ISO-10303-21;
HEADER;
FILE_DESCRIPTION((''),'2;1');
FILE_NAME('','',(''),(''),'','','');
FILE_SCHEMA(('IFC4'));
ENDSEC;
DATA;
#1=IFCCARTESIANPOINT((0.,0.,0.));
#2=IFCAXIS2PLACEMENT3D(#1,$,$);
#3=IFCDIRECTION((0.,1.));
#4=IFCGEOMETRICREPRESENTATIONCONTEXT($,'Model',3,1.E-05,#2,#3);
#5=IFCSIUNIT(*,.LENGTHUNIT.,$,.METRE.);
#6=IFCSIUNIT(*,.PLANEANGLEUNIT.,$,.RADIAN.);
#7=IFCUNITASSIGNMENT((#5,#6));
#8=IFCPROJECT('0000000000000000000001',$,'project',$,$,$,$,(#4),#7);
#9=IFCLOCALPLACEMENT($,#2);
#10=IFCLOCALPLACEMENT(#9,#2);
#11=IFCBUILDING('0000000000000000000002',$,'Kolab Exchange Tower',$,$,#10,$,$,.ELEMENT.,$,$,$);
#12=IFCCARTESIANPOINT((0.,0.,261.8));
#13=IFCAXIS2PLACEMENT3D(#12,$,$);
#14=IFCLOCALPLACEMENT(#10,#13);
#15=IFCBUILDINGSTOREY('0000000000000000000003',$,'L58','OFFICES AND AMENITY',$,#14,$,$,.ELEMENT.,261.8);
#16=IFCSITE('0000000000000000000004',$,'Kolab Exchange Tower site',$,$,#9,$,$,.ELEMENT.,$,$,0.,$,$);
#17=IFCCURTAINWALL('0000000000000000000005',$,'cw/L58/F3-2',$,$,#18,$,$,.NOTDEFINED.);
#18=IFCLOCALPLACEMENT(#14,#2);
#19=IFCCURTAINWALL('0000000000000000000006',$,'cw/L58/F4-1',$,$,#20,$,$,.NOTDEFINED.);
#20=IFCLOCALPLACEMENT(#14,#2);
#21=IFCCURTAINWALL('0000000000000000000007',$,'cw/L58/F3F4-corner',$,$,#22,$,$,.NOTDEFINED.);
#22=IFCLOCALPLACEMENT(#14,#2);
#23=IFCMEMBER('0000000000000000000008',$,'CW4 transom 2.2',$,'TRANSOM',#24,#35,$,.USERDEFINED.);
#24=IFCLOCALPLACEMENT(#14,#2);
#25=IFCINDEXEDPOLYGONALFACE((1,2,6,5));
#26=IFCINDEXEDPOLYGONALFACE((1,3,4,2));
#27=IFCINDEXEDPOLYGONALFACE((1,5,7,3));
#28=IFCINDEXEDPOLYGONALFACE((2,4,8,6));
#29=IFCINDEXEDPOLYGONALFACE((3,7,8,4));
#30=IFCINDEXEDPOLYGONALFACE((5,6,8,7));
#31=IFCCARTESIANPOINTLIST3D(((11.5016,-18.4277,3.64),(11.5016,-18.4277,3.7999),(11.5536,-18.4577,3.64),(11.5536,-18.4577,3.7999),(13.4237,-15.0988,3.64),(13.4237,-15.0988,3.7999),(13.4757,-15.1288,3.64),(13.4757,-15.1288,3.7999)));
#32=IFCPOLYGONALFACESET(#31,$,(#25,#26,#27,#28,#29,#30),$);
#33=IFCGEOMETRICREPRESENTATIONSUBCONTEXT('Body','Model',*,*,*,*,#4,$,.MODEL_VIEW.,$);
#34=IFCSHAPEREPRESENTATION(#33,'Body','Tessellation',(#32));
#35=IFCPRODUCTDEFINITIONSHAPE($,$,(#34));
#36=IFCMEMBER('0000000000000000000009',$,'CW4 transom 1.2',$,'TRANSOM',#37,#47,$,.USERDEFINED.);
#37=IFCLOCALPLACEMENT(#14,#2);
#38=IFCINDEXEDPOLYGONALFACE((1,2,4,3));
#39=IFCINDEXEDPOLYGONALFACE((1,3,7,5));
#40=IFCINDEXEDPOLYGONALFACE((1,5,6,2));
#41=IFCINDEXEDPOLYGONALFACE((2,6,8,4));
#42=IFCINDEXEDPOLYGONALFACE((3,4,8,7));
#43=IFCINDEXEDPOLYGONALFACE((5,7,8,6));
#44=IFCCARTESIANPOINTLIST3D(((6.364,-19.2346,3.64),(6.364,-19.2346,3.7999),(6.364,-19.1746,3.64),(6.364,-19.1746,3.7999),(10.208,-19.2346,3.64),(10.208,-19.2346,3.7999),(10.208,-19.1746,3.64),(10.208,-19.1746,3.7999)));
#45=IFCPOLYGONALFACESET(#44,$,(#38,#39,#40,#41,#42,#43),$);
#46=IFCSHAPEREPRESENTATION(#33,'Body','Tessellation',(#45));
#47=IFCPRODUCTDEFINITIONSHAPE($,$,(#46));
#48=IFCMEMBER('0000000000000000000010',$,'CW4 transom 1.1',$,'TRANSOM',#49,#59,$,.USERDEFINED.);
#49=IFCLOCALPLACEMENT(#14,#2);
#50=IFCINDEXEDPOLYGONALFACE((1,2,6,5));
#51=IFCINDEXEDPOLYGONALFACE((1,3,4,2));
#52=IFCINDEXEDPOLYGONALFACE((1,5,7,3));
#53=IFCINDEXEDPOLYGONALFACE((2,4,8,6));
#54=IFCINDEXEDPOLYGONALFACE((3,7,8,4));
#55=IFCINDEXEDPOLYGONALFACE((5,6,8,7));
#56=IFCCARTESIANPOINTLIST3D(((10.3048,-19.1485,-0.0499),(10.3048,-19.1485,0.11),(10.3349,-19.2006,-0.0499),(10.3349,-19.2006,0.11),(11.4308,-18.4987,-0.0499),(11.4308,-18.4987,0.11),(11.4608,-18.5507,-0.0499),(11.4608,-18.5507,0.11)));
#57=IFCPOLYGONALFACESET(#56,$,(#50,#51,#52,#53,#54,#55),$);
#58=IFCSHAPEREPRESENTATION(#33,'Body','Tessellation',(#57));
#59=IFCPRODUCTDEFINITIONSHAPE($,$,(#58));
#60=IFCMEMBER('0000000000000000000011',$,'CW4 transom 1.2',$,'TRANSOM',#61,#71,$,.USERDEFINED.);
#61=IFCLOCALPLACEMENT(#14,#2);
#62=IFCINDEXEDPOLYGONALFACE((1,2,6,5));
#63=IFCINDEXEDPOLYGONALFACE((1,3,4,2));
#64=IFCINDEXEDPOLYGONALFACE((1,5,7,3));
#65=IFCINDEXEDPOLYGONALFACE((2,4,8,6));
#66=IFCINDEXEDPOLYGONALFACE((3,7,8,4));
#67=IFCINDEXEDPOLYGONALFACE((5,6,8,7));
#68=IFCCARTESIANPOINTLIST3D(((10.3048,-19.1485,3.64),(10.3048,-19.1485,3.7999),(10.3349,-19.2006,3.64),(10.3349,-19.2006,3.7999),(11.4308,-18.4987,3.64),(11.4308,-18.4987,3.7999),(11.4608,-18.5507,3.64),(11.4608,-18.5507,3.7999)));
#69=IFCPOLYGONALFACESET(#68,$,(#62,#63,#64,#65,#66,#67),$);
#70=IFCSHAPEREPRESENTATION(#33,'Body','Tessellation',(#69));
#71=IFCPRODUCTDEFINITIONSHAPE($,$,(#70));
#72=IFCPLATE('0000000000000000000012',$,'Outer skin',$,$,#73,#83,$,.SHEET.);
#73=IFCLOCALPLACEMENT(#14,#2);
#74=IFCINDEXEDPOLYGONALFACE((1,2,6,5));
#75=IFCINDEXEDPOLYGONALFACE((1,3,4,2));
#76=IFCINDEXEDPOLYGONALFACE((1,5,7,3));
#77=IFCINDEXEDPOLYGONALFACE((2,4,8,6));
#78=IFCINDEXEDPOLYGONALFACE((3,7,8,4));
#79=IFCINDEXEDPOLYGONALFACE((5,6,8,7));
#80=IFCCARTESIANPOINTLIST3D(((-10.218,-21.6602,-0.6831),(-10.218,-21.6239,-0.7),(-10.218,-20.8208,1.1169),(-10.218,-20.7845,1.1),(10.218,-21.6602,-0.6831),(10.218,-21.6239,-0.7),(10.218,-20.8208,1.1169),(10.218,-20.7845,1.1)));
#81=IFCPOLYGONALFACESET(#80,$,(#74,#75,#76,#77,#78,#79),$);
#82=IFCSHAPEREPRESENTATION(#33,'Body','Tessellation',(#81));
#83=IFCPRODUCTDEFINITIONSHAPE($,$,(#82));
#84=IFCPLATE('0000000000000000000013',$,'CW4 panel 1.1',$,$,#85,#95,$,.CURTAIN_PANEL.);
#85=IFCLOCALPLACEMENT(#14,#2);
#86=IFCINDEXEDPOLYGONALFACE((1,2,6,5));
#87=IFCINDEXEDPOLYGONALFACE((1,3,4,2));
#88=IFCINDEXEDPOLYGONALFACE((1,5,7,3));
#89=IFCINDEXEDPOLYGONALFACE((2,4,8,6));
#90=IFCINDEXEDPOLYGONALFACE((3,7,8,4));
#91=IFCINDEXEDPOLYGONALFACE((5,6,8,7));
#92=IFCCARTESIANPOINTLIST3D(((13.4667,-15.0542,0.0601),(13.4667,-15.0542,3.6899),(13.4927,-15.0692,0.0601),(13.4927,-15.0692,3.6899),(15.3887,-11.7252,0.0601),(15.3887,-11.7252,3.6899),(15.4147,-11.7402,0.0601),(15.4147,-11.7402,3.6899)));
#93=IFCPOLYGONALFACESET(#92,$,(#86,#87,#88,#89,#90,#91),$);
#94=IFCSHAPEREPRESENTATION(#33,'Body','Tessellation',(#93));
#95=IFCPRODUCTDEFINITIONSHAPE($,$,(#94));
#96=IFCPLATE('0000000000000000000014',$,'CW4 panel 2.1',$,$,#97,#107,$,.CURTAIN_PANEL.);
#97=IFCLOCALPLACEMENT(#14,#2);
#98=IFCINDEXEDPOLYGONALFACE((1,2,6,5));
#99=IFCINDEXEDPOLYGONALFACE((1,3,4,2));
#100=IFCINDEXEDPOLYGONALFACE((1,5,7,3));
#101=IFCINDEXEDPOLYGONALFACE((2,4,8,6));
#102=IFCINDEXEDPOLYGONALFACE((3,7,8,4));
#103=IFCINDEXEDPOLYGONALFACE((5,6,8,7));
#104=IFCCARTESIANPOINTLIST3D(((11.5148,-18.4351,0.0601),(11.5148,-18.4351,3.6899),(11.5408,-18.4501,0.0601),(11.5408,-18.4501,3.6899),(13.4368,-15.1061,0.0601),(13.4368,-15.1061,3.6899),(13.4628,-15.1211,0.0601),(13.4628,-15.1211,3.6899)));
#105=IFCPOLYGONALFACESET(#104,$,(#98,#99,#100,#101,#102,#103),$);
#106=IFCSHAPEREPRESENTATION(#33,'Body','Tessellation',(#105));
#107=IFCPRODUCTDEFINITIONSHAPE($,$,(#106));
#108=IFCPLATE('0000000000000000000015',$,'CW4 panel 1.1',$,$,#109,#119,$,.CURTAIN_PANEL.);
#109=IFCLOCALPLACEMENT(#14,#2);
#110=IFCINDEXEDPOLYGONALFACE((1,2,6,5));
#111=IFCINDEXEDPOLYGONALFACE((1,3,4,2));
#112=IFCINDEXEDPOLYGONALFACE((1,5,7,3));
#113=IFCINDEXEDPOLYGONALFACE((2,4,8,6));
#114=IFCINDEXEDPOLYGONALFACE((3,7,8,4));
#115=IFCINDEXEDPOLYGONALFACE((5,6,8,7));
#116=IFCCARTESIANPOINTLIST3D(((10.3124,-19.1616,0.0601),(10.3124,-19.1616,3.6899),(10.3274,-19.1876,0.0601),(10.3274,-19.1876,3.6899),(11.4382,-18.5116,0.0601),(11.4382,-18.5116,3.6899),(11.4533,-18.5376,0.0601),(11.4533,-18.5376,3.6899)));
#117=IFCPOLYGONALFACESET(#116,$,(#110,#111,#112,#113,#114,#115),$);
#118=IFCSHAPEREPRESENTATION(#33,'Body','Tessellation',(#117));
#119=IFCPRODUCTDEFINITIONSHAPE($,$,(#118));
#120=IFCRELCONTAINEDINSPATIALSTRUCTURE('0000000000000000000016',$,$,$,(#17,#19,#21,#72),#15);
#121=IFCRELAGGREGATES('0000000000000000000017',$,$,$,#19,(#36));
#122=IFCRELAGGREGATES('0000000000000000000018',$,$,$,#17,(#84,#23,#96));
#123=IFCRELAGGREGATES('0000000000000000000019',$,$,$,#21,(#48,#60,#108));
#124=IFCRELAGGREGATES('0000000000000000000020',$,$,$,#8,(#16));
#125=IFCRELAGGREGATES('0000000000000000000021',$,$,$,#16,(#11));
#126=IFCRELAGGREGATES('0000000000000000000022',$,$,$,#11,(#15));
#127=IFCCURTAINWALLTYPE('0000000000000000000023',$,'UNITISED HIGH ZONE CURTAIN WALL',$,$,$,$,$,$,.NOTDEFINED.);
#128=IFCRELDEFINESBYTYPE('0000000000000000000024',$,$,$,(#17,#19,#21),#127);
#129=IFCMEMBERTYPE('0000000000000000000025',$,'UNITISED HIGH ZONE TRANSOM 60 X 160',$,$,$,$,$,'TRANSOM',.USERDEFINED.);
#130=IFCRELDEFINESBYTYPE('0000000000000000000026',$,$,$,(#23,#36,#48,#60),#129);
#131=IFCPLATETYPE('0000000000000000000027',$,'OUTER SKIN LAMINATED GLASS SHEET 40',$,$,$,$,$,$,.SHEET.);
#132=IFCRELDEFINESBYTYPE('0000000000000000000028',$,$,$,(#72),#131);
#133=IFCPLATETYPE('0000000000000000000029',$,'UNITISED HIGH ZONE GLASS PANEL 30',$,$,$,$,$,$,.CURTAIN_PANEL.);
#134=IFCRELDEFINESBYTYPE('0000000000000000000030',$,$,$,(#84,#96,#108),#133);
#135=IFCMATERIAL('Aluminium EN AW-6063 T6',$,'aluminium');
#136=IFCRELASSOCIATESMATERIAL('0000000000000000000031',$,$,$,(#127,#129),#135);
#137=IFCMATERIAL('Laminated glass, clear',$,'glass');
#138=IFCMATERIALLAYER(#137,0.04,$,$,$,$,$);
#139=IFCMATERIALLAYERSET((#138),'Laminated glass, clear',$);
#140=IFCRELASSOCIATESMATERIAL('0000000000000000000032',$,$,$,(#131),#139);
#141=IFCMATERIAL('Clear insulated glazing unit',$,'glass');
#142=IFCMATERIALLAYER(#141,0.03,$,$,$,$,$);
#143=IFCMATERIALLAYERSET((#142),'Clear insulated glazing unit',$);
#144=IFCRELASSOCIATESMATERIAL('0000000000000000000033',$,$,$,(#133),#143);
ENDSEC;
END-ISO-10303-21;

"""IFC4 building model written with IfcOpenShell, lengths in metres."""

from ifc_helpers import new_model, si_unit, direction, frame, origin, origin_2d, place, context, subcontext, project, spatial, polyline, rectangle, outline, extrude, material, layer, layer_set, material_profile, profile_set, type_object, element, aggregate, save


model = new_model("IFC4")

# Units and contexts
model_context = context("Model", 3, precision=1e-05, world=origin(), true_north=direction((0.0, 1.0)))
body_context = subcontext(model_context, "Body", "Model", "MODEL_VIEW")
ifc_project = project(units=[si_unit("LENGTHUNIT", "METRE"), si_unit("PLANEANGLEUNIT", "RADIAN")], contexts=[model_context])

# Site, building, storey
site_placement = place(None, origin())
site = spatial("IfcSite", under=ifc_project, at=site_placement, Name="Kolab Exchange Tower site", CompositionType="ELEMENT", RefElevation=0.0)
building_placement = place(site_placement, origin())
building = spatial("IfcBuilding", under=site, at=building_placement, Name="Kolab Exchange Tower", CompositionType="ELEMENT")
storey_placement = place(building_placement, frame((0.0, 0.0, 261.8)))
storey = spatial("IfcBuildingStorey", under=building, at=storey_placement, Name="L58", Description="OFFICES AND AMENITY", CompositionType="ELEMENT", Elevation=261.8)

# Curtain wall
ifc_material_1 = material(Name="Aluminium EN AW-6063 T6", Category="aluminium")
curtain_wall_type = type_object("IfcCurtainWallType", Name="UNITISED HIGH ZONE CURTAIN WALL", PredefinedType="NOTDEFINED", material=ifc_material_1)
curtain_wall_1_placement = place(storey_placement, origin())
curtain_wall_1 = element("IfcCurtainWall", 1, at=curtain_wall_1_placement, inside=storey, type_object=curtain_wall_type, Name="cw/L58/F3-2", PredefinedType="NOTDEFINED")

# Curtain wall
curtain_wall_2_placement = place(storey_placement, origin())
curtain_wall_2 = element("IfcCurtainWall", 2, at=curtain_wall_2_placement, inside=storey, type_object=curtain_wall_type, Name="cw/L58/F4-1", PredefinedType="NOTDEFINED")

# Curtain wall
curtain_wall_3_placement = place(storey_placement, origin())
curtain_wall_3 = element("IfcCurtainWall", 3, at=curtain_wall_3_placement, inside=storey, type_object=curtain_wall_type, Name="cw/L58/F3F4-corner", PredefinedType="NOTDEFINED")

# Members
ifc_material_profile_1 = material_profile(ifc_material_1, rectangle(XDim=0.0601, YDim=0.1599, at=origin_2d()), Name="RECT 60X160")
ifc_profile_set_1 = profile_set([ifc_material_profile_1], Name="Aluminium EN AW-6063 T6")
member_type_1 = type_object("IfcMemberType", Name="UNITISED HIGH ZONE TRANSOM 60 X 160", ElementType="TRANSOM", PredefinedType="USERDEFINED", material=ifc_profile_set_1)
member_1_placement = place(storey_placement, frame((13.4497, -15.1138, 3.72), z_axis=(-0.500039, -0.866003, 0.0), x_axis=(0.866003, -0.500039, 0.0)))
member_1 = element("IfcMember", 4, at=member_1_placement, type_object=member_type_1, Name="CW4 transom 2.2", ObjectType="TRANSOM", PredefinedType="USERDEFINED", context=body_context, shape_type="SweptSolid", body=[
    extrude(rectangle(XDim=0.0601, YDim=0.1599, at=origin_2d()), origin(), (0.0, 0.0, 1.0), 3.844),
])
member_2_placement = place(storey_placement, frame((10.208, -19.2046, 3.72), z_axis=(-1.0, 0.0, 0.0), x_axis=(0.0, -1.0, 0.0)))
member_2 = element("IfcMember", 5, at=member_2_placement, type_object=member_type_1, Name="CW4 transom 1.2", ObjectType="TRANSOM", PredefinedType="USERDEFINED", context=body_context, shape_type="SweptSolid", body=[
    extrude(rectangle(XDim=0.0601, YDim=0.1599, at=origin_2d()), origin(), (0.0, 0.0, 1.0), 3.844),
])
aggregate(curtain_wall_2, [member_2])
member_3_placement = place(storey_placement, frame((11.4458, -18.5247, 0.03), z_axis=(-0.866086, -0.499896, 0.0), x_axis=(0.499896, -0.866086, 0.0)))
member_3 = element("IfcMember", 6, at=member_3_placement, type_object=member_type_1, Name="CW4 transom 1.1", ObjectType="TRANSOM", PredefinedType="USERDEFINED", context=body_context, shape_type="SweptSolid", body=[
    extrude(rectangle(XDim=0.0601, YDim=0.1599, at=origin_2d()), origin(), (0.0, 0.0, 1.0), 1.3),
])
member_4_placement = place(storey_placement, frame((11.4458, -18.5247, 3.72), z_axis=(-0.866086, -0.499896, 0.0), x_axis=(0.499896, -0.866086, 0.0)))
member_4 = element("IfcMember", 7, at=member_4_placement, type_object=member_type_1, Name="CW4 transom 1.2", ObjectType="TRANSOM", PredefinedType="USERDEFINED", context=body_context, shape_type="SweptSolid", body=[
    extrude(rectangle(XDim=0.0601, YDim=0.1599, at=origin_2d()), origin(), (0.0, 0.0, 1.0), 1.3),
])

# Plates
ifc_material_2 = material(Name="Laminated glass, clear", Category="glass")
ifc_layer_1 = layer(ifc_material_2, 0.04)
ifc_layer_set_1 = layer_set([ifc_layer_1], Name="Laminated glass, clear")
plate_type_1 = type_object("IfcPlateType", Name="OUTER SKIN LAMINATED GLASS SHEET 40", PredefinedType="SHEET", material=ifc_layer_set_1)
plate_1_placement = place(storey_placement, frame((10.218, -21.6602, -0.6831), z_axis=(0.0, -0.906312, 0.42261), x_axis=(-1.0, 0.0, 0.0)))
element("IfcPlate", 8, at=plate_1_placement, inside=storey, type_object=plate_type_1, Name="Outer skin", PredefinedType="SHEET", context=body_context, shape_type="SweptSolid", body=[
    extrude(outline(polyline([(0.0, 0.0), (20.436, 0.0), (20.436, -1.9861), (0.0, -1.9861), (0.0, 0.0)])), origin(), (0.0, 0.0, -1.0), 0.04),
])
ifc_material_3 = material(Name="Clear insulated glazing unit", Category="glass")
ifc_layer_2 = layer(ifc_material_3, 0.03)
ifc_layer_set_2 = layer_set([ifc_layer_2], Name="Clear insulated glazing unit")
plate_type_2 = type_object("IfcPlateType", Name="UNITISED HIGH ZONE GLASS PANEL 30", PredefinedType="CURTAIN_PANEL", material=ifc_layer_set_2)
plate_2_placement = place(storey_placement, frame((14.4407, -13.3972, 0.0601), z_axis=(0.0, 0.0, 1.0), x_axis=(-0.5, -0.866025, 0.0)))
plate_2 = element("IfcPlate", 9, at=plate_2_placement, type_object=plate_type_2, Name="CW4 panel 1.1", PredefinedType="CURTAIN_PANEL", context=body_context, shape_type="SweptSolid", body=[
    extrude(rectangle(XDim=3.844, YDim=0.03, at=origin_2d()), origin(), (0.0, 0.0, 1.0), 3.6299),
])
plate_3_placement = place(storey_placement, frame((12.4888, -16.7781, 0.0601), z_axis=(0.0, 0.0, 1.0), x_axis=(-0.5, -0.866025, 0.0)))
plate_3 = element("IfcPlate", 10, at=plate_3_placement, type_object=plate_type_2, Name="CW4 panel 2.1", PredefinedType="CURTAIN_PANEL", context=body_context, shape_type="SweptSolid", body=[
    extrude(rectangle(XDim=3.844, YDim=0.03, at=origin_2d()), origin(), (0.0, 0.0, 1.0), 3.6299),
])
aggregate(curtain_wall_1, [plate_2, member_1, plate_3])
plate_4_placement = place(storey_placement, frame((10.8828, -18.8496, 0.0601), z_axis=(0.0, 0.0, 1.0), x_axis=(-0.866025, -0.5, 0.0)))
plate_4 = element("IfcPlate", 11, at=plate_4_placement, type_object=plate_type_2, Name="CW4 panel 1.1", PredefinedType="CURTAIN_PANEL", context=body_context, shape_type="SweptSolid", body=[
    extrude(rectangle(XDim=1.3, YDim=0.03, at=origin_2d()), origin(), (0.0, 0.0, 1.0), 3.6299),
])
aggregate(curtain_wall_3, [member_3, member_4, plate_4])

save(model, "model.ifc")
